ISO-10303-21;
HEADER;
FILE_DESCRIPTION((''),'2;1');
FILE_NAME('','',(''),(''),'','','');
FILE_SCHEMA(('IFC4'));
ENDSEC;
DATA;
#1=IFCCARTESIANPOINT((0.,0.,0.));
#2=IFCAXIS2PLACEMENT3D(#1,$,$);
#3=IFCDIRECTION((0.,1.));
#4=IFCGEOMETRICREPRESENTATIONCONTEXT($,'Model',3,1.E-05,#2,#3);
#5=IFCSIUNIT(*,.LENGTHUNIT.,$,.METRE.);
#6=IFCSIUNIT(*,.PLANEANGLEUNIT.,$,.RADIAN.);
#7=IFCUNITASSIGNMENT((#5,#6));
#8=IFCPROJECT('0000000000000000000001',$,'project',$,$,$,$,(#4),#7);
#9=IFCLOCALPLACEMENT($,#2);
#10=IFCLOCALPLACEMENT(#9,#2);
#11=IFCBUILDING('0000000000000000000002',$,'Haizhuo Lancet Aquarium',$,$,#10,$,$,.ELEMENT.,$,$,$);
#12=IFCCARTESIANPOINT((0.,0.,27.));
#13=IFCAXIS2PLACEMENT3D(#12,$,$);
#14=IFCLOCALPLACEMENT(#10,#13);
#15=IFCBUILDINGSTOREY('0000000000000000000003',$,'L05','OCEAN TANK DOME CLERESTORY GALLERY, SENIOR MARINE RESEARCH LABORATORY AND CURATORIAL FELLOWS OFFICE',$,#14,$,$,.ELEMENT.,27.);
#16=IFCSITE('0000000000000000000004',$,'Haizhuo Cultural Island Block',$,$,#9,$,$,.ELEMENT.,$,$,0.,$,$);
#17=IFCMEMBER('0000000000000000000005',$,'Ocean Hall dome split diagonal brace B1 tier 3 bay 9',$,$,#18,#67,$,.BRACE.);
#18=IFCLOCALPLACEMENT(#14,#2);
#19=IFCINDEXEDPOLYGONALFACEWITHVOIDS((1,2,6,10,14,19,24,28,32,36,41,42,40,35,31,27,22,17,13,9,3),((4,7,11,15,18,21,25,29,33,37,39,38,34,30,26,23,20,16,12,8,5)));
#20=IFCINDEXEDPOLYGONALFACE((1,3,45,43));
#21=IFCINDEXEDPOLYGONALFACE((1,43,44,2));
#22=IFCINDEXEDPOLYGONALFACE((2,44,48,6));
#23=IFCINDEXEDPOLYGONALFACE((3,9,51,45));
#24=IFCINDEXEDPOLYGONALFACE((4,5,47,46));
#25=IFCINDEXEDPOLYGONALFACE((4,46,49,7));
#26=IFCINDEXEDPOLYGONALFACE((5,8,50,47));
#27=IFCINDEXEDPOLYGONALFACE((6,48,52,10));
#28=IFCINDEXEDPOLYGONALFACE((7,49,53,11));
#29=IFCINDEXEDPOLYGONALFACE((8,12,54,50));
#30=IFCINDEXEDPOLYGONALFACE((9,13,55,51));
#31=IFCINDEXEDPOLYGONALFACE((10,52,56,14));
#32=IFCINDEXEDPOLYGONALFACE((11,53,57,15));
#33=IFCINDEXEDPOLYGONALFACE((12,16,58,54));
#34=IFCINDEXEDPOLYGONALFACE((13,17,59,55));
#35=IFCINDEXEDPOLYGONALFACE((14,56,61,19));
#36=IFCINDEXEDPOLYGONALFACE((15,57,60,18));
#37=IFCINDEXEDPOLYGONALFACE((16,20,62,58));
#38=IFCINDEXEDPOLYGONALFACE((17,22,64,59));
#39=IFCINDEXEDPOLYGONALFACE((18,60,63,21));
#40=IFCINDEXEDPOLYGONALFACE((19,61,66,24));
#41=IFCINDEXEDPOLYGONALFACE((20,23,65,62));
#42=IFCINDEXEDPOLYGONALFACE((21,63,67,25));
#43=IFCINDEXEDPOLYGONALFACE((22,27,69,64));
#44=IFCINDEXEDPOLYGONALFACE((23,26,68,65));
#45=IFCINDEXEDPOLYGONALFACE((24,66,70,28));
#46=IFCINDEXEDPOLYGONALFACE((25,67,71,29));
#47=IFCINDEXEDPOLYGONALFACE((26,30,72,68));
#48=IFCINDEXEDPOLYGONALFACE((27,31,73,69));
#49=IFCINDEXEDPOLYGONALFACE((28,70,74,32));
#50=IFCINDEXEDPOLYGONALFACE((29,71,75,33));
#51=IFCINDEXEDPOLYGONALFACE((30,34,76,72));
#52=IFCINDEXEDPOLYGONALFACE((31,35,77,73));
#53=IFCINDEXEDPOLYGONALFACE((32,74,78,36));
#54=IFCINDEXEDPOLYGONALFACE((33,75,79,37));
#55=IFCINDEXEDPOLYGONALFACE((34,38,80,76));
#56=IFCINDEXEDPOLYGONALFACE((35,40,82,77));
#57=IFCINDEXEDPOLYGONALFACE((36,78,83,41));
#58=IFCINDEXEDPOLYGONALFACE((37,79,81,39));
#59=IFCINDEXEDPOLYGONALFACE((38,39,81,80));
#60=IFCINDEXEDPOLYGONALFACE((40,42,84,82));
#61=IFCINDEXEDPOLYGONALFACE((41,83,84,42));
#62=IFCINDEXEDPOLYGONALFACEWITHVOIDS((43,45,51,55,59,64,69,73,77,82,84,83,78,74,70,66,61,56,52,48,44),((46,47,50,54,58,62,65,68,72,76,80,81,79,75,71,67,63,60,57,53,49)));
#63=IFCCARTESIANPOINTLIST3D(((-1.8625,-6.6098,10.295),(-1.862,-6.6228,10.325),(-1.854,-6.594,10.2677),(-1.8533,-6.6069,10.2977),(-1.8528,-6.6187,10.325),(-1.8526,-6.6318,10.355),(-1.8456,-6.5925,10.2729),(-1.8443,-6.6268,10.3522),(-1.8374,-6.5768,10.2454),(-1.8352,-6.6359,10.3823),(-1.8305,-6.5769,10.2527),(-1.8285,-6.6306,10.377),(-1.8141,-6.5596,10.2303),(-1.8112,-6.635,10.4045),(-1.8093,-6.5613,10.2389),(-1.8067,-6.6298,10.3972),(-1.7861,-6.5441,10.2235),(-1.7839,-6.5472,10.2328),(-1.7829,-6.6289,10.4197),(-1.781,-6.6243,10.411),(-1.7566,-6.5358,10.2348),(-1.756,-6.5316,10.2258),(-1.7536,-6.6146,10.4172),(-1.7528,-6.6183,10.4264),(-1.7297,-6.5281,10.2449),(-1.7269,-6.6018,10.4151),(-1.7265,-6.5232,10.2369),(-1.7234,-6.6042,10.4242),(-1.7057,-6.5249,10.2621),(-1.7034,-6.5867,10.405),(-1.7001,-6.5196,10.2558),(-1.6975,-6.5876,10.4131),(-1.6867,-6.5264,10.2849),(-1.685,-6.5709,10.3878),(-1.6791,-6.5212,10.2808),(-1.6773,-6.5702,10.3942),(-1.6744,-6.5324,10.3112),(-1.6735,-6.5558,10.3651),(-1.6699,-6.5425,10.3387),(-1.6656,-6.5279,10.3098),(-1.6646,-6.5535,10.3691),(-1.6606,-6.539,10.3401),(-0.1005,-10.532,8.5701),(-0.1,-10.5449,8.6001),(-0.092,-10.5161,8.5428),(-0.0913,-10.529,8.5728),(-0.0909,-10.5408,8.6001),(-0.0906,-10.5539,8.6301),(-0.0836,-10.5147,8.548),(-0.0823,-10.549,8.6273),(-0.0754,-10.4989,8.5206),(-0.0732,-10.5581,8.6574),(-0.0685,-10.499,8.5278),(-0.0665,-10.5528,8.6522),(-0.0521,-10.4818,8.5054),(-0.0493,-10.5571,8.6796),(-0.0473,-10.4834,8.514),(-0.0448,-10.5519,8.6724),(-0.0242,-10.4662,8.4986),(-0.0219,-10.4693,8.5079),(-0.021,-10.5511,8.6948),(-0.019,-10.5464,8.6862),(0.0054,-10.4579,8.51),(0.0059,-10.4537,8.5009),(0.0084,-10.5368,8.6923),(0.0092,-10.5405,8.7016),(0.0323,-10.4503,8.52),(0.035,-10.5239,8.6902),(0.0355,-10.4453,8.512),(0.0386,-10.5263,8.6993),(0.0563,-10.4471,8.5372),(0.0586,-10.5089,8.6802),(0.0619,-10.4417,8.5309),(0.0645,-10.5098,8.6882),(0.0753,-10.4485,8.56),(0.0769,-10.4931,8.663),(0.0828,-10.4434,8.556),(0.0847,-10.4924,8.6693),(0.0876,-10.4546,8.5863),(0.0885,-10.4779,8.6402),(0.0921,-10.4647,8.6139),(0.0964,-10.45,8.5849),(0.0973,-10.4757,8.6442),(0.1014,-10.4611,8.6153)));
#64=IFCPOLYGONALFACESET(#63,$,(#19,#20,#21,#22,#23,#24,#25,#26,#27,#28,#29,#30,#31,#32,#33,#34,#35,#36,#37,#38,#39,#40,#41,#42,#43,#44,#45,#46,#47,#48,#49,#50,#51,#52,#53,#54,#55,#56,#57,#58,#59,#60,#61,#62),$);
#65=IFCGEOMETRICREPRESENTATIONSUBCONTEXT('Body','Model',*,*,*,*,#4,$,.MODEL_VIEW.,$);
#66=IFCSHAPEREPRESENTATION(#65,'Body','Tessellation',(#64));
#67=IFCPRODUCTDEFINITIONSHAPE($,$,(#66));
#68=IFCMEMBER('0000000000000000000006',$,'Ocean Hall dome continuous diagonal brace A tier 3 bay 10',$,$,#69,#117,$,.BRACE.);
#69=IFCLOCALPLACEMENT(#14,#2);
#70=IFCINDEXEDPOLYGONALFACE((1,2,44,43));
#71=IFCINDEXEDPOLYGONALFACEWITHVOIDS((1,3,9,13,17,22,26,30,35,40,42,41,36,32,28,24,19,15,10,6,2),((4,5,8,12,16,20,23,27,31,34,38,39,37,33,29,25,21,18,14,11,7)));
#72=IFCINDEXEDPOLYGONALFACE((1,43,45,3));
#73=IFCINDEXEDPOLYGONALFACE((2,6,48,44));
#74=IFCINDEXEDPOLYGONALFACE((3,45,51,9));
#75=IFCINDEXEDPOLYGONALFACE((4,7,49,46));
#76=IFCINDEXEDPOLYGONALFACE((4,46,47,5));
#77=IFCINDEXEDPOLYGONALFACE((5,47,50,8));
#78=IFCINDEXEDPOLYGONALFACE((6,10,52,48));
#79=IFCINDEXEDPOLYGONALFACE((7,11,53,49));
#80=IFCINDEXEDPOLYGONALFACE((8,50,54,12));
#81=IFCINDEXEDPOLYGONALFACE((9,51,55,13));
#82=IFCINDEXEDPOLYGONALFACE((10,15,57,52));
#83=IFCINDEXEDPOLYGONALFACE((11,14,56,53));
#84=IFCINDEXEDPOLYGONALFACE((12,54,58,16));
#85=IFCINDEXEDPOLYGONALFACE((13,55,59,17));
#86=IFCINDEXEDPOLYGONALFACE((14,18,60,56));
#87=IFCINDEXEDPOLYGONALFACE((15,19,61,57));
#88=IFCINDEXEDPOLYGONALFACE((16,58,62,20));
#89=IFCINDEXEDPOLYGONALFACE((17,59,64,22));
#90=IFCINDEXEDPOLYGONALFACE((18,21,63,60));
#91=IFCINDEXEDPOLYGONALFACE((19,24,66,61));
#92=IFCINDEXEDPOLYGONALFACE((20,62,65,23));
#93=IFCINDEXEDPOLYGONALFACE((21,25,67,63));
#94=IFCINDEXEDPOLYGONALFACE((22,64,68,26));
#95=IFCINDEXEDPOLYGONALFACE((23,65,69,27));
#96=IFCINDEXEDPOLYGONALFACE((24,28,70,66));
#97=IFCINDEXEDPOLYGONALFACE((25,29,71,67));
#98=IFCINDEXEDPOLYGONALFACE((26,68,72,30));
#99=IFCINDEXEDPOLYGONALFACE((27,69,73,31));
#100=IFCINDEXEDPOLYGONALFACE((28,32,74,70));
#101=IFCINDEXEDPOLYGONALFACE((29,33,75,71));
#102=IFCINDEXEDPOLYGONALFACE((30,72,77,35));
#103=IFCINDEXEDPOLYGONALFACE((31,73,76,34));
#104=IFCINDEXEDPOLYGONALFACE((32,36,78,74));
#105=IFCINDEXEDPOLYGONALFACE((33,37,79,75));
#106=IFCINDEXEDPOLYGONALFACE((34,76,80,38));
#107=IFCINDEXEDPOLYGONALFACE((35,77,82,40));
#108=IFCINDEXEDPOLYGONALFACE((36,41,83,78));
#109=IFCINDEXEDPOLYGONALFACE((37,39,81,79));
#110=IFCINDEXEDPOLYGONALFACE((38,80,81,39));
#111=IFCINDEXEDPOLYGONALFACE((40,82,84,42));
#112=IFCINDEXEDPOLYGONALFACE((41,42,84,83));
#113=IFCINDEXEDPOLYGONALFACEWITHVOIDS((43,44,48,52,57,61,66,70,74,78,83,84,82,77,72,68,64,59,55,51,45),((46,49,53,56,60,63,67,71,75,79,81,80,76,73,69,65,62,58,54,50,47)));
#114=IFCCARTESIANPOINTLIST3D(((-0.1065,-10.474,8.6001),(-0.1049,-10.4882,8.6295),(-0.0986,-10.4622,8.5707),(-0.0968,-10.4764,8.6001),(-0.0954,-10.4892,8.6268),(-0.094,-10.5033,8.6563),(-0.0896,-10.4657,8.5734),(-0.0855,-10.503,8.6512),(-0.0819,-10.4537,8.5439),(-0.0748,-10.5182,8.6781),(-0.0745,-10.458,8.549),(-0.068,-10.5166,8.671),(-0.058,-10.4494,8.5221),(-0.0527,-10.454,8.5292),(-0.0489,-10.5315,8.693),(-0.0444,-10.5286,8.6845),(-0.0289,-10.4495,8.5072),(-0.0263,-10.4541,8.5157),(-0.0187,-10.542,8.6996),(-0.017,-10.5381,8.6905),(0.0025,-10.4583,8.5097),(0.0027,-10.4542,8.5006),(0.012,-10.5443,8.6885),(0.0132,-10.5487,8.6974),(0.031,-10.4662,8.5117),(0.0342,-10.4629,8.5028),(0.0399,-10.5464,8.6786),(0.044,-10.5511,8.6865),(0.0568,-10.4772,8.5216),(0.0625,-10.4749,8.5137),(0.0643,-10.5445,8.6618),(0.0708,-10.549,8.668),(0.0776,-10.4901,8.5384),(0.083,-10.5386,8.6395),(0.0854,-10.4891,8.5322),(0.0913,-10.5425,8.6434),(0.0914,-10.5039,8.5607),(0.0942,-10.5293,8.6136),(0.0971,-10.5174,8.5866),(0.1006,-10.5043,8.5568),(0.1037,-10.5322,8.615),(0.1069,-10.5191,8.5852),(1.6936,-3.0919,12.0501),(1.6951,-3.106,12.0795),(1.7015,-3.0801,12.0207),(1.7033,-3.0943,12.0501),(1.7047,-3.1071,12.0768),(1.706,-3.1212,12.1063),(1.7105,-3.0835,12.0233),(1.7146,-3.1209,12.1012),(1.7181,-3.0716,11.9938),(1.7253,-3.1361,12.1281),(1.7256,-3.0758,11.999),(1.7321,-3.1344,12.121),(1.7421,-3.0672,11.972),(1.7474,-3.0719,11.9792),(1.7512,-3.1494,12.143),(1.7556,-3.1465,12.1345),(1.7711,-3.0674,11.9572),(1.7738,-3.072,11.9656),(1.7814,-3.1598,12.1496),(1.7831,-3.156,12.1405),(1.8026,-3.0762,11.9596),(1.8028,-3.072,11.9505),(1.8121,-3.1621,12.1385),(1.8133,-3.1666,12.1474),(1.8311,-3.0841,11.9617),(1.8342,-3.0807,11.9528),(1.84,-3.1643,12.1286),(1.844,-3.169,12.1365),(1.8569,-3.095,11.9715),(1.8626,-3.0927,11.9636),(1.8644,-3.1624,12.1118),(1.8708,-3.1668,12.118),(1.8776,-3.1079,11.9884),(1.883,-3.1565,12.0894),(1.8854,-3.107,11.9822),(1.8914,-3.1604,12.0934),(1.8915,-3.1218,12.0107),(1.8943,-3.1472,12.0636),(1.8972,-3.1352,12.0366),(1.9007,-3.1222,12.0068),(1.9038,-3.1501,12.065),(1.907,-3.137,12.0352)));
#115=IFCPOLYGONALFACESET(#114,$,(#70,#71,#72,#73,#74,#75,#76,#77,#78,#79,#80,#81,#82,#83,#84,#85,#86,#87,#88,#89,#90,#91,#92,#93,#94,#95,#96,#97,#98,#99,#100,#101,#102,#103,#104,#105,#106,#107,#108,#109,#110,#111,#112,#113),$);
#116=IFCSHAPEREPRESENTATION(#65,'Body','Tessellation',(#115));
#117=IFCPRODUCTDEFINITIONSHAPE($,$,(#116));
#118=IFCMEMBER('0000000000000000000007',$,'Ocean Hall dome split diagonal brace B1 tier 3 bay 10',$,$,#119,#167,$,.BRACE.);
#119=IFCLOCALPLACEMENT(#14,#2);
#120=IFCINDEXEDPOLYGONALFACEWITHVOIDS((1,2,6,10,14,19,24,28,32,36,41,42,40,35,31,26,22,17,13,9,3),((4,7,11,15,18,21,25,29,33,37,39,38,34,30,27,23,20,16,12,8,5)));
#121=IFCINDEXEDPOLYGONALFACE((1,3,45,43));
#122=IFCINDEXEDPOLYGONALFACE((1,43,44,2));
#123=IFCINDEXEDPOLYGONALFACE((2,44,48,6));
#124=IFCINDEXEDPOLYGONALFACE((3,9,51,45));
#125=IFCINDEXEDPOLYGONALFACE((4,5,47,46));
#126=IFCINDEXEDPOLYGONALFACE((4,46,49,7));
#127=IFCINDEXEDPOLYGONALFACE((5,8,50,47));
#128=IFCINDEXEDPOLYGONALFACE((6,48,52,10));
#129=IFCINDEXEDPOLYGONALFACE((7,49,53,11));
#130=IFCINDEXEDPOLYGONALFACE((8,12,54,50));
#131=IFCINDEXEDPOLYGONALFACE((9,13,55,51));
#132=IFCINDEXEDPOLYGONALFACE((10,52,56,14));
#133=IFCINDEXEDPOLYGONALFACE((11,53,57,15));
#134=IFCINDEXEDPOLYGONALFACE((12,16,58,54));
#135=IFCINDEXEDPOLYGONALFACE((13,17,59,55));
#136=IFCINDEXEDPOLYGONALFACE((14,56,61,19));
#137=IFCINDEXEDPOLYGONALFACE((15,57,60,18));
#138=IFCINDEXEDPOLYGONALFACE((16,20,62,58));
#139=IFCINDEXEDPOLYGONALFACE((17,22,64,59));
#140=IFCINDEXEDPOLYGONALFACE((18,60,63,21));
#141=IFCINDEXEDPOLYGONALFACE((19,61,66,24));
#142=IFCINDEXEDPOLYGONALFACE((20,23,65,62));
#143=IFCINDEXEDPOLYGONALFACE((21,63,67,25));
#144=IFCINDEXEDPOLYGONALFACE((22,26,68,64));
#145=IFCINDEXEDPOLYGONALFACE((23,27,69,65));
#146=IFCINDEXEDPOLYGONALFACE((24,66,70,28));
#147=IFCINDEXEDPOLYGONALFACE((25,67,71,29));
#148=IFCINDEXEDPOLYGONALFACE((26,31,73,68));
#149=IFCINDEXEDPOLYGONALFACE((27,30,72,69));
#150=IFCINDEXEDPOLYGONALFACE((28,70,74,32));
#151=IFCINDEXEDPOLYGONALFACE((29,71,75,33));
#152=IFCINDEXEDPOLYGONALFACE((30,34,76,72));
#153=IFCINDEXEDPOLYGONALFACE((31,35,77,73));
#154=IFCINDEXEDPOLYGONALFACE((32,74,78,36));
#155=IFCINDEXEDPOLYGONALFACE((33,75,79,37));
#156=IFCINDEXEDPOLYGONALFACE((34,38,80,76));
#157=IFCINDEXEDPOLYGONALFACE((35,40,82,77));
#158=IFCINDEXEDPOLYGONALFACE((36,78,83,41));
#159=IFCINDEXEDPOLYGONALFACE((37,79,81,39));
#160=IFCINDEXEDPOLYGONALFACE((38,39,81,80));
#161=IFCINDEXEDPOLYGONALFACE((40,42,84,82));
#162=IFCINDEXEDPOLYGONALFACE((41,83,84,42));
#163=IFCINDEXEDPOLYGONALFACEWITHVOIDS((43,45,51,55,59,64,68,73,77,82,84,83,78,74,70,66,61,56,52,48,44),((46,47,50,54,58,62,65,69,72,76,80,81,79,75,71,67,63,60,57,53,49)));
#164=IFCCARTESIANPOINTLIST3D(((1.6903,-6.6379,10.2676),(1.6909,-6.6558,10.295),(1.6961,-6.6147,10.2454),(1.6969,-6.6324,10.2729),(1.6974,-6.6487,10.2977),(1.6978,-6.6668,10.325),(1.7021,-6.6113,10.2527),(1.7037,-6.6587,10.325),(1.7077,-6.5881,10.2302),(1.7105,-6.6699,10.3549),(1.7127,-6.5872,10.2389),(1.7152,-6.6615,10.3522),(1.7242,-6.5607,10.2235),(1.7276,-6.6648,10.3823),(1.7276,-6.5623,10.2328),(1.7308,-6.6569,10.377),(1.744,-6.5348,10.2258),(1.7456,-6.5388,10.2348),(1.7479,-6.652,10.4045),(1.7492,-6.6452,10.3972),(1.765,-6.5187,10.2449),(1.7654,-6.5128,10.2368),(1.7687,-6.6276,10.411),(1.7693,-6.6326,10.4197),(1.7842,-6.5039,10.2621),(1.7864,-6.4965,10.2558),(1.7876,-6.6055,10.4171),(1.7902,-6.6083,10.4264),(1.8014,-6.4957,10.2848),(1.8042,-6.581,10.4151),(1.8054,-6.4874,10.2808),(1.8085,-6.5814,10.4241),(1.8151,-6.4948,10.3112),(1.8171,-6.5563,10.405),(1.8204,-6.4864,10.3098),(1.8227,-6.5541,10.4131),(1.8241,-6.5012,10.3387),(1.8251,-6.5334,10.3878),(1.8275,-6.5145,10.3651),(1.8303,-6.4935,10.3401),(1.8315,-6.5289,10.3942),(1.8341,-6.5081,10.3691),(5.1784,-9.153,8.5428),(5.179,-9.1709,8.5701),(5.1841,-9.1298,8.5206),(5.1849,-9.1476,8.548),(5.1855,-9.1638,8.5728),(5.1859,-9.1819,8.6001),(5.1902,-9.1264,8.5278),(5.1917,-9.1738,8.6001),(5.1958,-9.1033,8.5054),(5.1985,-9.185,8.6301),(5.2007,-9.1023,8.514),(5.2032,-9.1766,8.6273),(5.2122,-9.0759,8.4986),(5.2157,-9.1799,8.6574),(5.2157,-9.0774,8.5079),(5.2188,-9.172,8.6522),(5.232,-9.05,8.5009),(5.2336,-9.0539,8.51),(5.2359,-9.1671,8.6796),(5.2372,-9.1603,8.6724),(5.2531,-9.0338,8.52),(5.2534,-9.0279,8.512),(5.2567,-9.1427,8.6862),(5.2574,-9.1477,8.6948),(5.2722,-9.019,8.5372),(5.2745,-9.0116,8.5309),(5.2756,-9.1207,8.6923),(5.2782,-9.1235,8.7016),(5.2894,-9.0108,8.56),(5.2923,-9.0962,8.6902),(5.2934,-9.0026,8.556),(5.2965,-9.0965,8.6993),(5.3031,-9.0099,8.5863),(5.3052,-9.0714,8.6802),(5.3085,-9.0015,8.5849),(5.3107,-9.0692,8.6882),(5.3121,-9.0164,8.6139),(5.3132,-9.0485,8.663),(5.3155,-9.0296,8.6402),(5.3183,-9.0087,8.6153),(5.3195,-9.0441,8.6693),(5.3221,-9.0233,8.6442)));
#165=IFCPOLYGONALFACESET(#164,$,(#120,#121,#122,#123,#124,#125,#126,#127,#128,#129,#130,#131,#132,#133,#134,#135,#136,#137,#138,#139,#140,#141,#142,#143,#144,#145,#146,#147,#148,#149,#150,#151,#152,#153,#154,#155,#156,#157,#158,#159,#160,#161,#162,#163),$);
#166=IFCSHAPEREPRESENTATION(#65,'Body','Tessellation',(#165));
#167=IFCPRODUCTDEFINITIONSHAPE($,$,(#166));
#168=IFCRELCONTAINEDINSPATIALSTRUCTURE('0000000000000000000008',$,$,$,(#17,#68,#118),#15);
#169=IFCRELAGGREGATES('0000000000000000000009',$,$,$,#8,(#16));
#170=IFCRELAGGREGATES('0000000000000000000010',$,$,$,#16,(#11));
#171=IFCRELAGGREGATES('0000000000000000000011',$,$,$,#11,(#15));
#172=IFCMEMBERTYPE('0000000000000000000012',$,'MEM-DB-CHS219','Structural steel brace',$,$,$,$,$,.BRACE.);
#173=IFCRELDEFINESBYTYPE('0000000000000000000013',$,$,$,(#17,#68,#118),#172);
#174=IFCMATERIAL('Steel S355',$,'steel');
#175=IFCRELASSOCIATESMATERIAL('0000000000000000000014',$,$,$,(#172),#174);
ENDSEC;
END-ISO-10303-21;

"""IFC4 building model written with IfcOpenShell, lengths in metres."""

from ifc_helpers import new_model, si_unit, direction, frame, origin, origin_2d, place, context, subcontext, project, spatial, hollow_circle, extrude, material, material_profile, profile_set, type_object, element, save


model = new_model("IFC4")

# Units and contexts
model_context = context("Model", 3, precision=1e-05, world=origin(), true_north=direction((0.0, 1.0)))
body_context = subcontext(model_context, "Body", "Model", "MODEL_VIEW")
ifc_project = project(units=[si_unit("LENGTHUNIT", "METRE"), si_unit("PLANEANGLEUNIT", "RADIAN")], contexts=[model_context])

# Site, building, storey
site_placement = place(None, origin())
site = spatial("IfcSite", under=ifc_project, at=site_placement, Name="Haizhuo Cultural Island Block", CompositionType="ELEMENT", RefElevation=0.0)
building_placement = place(site_placement, origin())
building = spatial("IfcBuilding", under=site, at=building_placement, Name="Haizhuo Lancet Aquarium", CompositionType="ELEMENT")
storey_placement = place(building_placement, frame((0.0, 0.0, 27.0)))
storey = spatial("IfcBuildingStorey", under=building, at=storey_placement, Name="L05", Description="OCEAN TANK DOME CLERESTORY GALLERY, SENIOR MARINE RESEARCH LABORATORY AND CURATORIAL FELLOWS OFFICE", CompositionType="ELEMENT", Elevation=27.0)

# Members
ifc_material_1 = material(Name="Steel S355", Category="steel")
ifc_material_profile_1 = material_profile(ifc_material_1, hollow_circle(Radius=0.1096, WallThickness=0.01, at=origin_2d()), Name="CHS 219x10")
ifc_profile_set_1 = profile_set([ifc_material_profile_1], Name="Steel S355")
member_type_1 = type_object("IfcMemberType", Name="MEM-DB-CHS219", Description="Structural steel brace", PredefinedType="BRACE", material=ifc_profile_set_1)
member_1_placement = place(storey_placement, frame((0.0, -10.5, 8.6001), z_axis=(-0.380325, 0.846602, 0.372315), x_axis=(-0.912182, -0.409786, 0.0)))
element("IfcMember", 1, at=member_1_placement, inside=storey, type_object=member_type_1, Name="Ocean Hall dome split diagonal brace B1 tier 3 bay 9", PredefinedType="BRACE", context=body_context, shape_type="SweptSolid", body=[
    extrude(hollow_circle(Radius=0.1096, WallThickness=0.01, at=origin_2d()), origin(), (0.0, 0.0, 1.0), 4.6328),
])
member_2_placement = place(storey_placement, frame((0.0, -10.5, 8.6001), z_axis=(0.215706, 0.884621, 0.41342), x_axis=(-0.971534, 0.236899, 0.0)))
element("IfcMember", 2, at=member_2_placement, inside=storey, type_object=member_type_1, Name="Ocean Hall dome continuous diagonal brace A tier 3 bay 10", PredefinedType="BRACE", context=body_context, shape_type="SweptSolid", body=[
    extrude(hollow_circle(Radius=0.1096, WallThickness=0.01, at=origin_2d()), origin(), (0.0, 0.0, 1.0), 8.345),
])
member_3_placement = place(storey_placement, frame((5.25, -9.093, 8.6001), z_axis=(-0.75282, 0.54284, 0.372274), x_axis=(-0.584879, -0.811121, 0.0)))
element("IfcMember", 3, at=member_3_placement, inside=storey, type_object=member_type_1, Name="Ocean Hall dome split diagonal brace B1 tier 3 bay 10", PredefinedType="BRACE", context=body_context, shape_type="SweptSolid", body=[
    extrude(hollow_circle(Radius=0.1096, WallThickness=0.01, at=origin_2d()), origin(), (0.0, 0.0, 1.0), 4.6333),
])

save(model, "model.ifc")
